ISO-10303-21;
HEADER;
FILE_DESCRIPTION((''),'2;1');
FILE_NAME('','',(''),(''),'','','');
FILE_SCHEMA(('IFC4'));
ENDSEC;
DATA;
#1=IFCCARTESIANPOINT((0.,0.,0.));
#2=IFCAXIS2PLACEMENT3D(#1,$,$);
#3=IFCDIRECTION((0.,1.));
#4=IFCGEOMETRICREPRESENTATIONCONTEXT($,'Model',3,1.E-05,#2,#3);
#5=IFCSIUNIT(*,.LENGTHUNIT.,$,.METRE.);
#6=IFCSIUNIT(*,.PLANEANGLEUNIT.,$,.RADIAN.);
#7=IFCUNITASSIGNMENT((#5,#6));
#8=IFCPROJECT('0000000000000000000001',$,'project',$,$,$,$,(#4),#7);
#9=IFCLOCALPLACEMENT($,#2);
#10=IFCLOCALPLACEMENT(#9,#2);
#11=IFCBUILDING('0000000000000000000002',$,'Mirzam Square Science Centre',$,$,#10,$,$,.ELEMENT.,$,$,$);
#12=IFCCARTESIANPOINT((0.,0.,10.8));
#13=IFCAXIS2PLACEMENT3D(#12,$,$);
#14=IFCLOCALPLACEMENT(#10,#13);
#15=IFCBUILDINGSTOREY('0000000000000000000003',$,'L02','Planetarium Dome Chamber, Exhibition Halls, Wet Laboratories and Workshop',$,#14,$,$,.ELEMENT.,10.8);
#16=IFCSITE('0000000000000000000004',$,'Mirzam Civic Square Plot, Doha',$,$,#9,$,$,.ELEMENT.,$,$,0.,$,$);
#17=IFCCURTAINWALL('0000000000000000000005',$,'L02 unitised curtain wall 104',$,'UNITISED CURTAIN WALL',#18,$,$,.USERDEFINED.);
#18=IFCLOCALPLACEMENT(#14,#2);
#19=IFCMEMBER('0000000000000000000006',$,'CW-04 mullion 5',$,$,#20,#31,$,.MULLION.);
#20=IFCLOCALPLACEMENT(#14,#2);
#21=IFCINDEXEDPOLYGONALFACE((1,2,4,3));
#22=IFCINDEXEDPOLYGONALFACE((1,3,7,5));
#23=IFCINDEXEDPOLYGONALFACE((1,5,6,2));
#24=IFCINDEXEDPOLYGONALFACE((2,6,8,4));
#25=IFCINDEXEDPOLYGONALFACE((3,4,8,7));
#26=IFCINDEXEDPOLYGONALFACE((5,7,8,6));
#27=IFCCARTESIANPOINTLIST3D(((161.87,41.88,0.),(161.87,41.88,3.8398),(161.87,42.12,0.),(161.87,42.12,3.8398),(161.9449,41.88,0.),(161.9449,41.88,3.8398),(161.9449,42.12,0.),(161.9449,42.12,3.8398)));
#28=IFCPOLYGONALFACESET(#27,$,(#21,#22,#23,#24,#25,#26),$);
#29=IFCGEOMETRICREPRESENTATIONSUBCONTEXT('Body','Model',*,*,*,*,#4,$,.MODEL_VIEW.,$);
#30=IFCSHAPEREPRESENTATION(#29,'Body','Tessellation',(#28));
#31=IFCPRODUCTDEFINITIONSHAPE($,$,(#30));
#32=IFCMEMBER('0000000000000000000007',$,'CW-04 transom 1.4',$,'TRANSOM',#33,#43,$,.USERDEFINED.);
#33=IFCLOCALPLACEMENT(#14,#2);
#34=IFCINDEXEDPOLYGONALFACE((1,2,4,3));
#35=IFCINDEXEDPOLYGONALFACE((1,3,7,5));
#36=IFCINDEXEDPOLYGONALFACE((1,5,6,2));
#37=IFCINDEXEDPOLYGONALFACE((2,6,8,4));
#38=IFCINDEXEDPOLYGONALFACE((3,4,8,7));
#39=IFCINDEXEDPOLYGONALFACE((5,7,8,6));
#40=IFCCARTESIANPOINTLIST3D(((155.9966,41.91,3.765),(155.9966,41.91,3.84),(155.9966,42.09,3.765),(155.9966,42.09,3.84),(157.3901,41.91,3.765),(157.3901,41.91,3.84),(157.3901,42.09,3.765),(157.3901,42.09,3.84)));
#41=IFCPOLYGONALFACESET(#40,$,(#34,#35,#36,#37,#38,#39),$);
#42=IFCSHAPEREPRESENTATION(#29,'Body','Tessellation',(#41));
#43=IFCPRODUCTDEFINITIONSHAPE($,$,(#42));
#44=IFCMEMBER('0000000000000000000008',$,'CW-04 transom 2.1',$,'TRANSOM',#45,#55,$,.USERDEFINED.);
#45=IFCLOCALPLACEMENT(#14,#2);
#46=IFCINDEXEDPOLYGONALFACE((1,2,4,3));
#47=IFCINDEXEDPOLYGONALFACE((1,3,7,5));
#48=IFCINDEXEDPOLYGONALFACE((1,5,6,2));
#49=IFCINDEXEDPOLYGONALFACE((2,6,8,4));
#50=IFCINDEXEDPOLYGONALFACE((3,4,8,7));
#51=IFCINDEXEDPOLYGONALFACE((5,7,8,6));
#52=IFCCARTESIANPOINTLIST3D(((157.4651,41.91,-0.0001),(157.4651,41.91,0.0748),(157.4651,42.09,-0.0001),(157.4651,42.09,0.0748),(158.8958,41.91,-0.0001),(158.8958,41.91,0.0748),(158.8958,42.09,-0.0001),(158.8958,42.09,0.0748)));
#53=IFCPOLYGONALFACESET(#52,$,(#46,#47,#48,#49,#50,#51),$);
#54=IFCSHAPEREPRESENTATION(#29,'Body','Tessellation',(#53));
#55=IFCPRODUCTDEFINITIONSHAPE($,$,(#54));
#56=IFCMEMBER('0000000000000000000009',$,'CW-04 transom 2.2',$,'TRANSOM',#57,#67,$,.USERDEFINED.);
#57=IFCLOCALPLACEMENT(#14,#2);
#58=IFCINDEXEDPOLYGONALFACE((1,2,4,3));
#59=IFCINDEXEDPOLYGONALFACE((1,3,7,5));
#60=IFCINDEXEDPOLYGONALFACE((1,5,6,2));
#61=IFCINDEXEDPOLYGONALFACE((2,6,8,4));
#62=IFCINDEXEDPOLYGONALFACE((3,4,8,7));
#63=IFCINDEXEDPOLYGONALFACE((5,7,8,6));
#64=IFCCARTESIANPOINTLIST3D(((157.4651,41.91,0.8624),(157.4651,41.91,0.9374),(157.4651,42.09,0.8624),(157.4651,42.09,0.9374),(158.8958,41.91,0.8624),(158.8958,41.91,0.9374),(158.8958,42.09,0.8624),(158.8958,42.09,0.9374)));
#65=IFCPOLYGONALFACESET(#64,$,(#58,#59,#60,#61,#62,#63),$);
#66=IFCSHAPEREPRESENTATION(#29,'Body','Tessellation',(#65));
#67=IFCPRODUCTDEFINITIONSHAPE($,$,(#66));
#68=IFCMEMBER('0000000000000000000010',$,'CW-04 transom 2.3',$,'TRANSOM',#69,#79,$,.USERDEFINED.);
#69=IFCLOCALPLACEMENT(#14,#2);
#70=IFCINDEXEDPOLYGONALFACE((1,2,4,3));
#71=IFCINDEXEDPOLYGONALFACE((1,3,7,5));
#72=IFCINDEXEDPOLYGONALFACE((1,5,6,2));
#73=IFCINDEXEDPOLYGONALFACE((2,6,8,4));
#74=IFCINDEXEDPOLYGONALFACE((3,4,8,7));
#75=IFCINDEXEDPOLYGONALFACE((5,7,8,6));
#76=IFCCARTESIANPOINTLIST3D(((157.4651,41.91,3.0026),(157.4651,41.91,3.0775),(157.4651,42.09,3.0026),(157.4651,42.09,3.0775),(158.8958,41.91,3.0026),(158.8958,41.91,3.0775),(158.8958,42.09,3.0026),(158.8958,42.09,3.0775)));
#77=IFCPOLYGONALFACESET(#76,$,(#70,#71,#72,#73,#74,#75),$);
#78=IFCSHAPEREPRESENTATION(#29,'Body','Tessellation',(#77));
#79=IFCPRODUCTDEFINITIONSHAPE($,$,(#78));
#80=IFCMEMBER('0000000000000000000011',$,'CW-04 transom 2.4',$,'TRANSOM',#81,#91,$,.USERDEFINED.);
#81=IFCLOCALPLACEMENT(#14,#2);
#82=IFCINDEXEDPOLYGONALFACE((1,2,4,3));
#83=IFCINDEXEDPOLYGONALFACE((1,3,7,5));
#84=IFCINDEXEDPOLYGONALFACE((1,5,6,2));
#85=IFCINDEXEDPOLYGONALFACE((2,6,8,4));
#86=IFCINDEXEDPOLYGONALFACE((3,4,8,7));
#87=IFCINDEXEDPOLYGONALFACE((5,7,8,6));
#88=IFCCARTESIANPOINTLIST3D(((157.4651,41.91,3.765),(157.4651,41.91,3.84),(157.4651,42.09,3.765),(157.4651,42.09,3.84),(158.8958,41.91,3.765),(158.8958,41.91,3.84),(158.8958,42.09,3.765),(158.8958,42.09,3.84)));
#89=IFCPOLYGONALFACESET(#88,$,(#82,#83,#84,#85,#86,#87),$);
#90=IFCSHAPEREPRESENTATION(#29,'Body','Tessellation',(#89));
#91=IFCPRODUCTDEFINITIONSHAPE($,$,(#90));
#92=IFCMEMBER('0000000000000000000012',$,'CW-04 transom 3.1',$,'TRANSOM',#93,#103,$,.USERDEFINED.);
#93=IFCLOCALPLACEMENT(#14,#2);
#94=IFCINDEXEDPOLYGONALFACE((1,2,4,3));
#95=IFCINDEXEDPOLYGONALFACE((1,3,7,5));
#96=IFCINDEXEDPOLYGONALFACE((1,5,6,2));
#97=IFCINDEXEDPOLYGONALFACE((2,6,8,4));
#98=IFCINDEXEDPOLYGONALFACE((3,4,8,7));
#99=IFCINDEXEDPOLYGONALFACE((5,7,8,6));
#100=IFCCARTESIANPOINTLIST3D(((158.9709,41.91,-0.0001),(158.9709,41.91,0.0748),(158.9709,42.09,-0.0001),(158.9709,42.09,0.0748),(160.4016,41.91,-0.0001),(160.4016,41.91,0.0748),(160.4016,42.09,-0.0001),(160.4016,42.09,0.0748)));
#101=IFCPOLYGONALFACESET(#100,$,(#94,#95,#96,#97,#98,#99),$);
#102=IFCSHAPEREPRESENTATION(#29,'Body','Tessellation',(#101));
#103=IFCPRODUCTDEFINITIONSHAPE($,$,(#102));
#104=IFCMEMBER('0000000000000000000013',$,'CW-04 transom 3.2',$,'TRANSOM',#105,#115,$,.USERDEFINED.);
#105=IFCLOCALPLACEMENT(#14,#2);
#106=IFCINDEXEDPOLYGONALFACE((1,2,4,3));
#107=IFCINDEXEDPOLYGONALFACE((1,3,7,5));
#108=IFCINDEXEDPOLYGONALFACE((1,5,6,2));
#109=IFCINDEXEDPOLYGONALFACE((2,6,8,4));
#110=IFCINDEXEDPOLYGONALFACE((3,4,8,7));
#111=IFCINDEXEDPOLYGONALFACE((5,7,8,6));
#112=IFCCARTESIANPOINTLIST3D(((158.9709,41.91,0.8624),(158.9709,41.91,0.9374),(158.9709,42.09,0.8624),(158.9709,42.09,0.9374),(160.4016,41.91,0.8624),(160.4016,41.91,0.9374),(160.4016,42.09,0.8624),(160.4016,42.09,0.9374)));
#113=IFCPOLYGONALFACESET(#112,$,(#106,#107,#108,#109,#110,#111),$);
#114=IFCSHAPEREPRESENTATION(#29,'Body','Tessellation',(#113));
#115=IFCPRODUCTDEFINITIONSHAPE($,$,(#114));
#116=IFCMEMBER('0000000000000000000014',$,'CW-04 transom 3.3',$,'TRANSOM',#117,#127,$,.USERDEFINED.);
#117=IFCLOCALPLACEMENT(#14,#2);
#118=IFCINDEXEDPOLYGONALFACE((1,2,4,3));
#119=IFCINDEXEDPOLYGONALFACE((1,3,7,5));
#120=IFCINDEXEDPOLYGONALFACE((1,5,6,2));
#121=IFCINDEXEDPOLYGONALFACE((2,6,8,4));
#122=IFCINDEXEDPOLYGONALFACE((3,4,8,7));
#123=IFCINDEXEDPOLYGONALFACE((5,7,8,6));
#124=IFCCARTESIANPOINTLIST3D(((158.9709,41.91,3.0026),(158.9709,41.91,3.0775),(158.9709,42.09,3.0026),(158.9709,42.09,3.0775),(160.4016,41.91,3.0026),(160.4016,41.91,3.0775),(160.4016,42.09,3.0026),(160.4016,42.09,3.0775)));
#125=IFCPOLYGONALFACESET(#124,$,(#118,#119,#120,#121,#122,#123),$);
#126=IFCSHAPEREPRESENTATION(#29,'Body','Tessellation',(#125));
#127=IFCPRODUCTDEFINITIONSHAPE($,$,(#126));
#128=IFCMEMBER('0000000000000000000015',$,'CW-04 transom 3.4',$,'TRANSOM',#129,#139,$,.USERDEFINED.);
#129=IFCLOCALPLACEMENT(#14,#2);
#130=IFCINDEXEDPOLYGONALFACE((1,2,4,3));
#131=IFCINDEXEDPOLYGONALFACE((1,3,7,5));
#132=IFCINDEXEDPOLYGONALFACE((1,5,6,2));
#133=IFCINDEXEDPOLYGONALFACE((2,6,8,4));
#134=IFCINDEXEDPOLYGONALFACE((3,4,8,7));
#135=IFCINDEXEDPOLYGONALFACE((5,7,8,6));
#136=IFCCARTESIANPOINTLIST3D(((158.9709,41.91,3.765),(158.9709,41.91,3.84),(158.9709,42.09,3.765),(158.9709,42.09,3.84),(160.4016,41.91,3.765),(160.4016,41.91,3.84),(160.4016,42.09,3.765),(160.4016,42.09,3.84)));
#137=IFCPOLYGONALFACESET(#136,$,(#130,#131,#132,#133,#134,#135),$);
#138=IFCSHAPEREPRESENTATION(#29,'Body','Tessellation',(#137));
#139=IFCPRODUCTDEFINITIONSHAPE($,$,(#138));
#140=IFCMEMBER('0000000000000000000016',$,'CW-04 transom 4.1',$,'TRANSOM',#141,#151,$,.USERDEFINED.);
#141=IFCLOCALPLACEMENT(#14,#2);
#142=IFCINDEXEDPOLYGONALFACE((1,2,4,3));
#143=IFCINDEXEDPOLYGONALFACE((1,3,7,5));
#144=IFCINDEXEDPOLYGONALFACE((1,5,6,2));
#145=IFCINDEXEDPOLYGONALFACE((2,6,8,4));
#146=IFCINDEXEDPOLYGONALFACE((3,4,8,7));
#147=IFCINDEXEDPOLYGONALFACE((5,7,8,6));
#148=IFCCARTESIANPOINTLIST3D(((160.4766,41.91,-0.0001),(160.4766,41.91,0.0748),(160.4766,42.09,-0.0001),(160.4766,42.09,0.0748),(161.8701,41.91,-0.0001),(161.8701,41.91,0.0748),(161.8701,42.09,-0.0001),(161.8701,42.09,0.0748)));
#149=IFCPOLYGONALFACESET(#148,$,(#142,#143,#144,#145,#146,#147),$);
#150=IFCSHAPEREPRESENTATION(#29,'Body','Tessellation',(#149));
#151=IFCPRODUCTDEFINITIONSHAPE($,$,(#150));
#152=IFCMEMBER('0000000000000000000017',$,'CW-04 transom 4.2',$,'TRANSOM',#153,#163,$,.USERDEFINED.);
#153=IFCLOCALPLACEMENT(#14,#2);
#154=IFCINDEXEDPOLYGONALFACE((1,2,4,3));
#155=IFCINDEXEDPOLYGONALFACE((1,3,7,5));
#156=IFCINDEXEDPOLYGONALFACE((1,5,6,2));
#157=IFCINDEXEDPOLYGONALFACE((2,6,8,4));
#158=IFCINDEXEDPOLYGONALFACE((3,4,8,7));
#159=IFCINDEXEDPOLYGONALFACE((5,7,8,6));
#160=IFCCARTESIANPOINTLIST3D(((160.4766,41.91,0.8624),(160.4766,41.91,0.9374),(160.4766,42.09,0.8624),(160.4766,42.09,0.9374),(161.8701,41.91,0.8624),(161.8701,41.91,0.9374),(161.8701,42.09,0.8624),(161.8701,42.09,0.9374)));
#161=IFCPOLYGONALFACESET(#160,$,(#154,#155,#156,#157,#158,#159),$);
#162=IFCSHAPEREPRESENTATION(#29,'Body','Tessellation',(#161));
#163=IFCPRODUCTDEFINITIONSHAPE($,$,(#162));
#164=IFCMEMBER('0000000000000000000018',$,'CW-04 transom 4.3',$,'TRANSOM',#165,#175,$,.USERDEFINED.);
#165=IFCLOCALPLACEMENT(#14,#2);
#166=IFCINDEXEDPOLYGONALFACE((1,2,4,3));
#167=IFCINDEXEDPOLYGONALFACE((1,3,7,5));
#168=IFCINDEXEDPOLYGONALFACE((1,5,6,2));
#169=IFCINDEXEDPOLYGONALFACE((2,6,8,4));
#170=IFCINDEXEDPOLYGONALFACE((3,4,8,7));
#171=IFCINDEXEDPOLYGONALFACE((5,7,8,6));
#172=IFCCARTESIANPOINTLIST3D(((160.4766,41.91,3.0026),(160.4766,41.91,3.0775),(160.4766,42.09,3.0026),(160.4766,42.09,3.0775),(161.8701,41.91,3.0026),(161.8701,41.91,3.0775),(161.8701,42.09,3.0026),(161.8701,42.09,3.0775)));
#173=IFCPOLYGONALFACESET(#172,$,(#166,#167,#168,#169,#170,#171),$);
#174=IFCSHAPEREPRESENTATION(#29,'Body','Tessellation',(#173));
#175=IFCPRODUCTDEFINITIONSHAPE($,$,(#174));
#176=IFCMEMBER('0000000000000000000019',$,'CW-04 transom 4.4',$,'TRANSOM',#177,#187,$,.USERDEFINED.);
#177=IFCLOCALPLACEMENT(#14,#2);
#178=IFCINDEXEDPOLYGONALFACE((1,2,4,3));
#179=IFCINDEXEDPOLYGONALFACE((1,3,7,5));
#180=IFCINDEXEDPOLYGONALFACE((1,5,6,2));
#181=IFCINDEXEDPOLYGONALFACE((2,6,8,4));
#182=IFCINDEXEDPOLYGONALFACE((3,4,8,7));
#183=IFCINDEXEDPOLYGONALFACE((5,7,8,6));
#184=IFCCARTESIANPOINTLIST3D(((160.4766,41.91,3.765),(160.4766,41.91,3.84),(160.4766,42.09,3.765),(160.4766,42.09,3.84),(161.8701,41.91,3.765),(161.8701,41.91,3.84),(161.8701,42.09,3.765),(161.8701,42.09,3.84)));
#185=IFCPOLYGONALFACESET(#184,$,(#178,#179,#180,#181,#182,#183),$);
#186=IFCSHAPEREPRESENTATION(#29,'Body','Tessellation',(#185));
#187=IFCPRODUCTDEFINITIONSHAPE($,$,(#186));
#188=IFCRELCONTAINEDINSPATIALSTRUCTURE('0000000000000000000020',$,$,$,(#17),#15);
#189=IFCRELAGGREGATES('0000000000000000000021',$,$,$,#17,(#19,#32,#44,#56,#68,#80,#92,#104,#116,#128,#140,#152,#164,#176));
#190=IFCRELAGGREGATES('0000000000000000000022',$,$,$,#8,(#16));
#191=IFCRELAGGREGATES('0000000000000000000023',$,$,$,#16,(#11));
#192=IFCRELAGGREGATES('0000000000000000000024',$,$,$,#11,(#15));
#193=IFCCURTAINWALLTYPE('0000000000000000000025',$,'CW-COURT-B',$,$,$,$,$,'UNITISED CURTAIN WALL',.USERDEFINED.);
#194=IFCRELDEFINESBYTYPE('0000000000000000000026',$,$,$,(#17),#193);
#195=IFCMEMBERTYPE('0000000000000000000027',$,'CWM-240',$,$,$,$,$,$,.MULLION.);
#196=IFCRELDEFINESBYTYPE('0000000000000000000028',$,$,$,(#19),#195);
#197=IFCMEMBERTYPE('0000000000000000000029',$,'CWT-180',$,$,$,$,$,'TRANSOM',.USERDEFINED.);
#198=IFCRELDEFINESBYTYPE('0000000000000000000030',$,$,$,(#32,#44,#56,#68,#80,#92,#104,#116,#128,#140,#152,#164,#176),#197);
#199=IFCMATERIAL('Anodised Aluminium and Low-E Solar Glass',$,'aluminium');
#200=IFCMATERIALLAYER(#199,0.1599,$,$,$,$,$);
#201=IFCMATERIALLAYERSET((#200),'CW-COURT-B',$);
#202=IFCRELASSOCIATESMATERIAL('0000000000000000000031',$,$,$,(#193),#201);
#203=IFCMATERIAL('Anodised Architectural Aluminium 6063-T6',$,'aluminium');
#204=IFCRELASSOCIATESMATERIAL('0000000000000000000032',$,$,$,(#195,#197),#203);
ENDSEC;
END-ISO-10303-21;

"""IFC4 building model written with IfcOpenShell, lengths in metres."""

from ifc_helpers import new_model, si_unit, direction, frame, origin, origin_2d, place, context, subcontext, project, spatial, rectangle, extrude, material, layer, layer_set, material_profile, profile_set, type_object, element, aggregate, save


model = new_model("IFC4")

# Units and contexts
model_context = context("Model", 3, precision=1e-05, world=origin(), true_north=direction((0.0, 1.0)))
body_context = subcontext(model_context, "Body", "Model", "MODEL_VIEW")
ifc_project = project(units=[si_unit("LENGTHUNIT", "METRE"), si_unit("PLANEANGLEUNIT", "RADIAN")], contexts=[model_context])

# Site, building, storey
site_placement = place(None, origin())
site = spatial("IfcSite", under=ifc_project, at=site_placement, Name="Mirzam Civic Square Plot, Doha", CompositionType="ELEMENT", RefElevation=0.0)
building_placement = place(site_placement, origin())
building = spatial("IfcBuilding", under=site, at=building_placement, Name="Mirzam Square Science Centre", CompositionType="ELEMENT")
storey_placement = place(building_placement, frame((0.0, 0.0, 10.8)))
storey = spatial("IfcBuildingStorey", under=building, at=storey_placement, Name="L02", Description="Planetarium Dome Chamber, Exhibition Halls, Wet Laboratories and Workshop", CompositionType="ELEMENT", Elevation=10.8)

# Curtain wall, members
ifc_material_1 = material(Name="Anodised Aluminium and Low-E Solar Glass", Category="aluminium")
ifc_layer_1 = layer(ifc_material_1, 0.1599)
ifc_layer_set_1 = layer_set([ifc_layer_1], Name="CW-COURT-B")
curtain_wall_type = type_object("IfcCurtainWallType", Name="CW-COURT-B", ElementType="UNITISED CURTAIN WALL", PredefinedType="USERDEFINED", material=ifc_layer_set_1)
curtain_wall_placement = place(storey_placement, origin())
curtain_wall = element("IfcCurtainWall", 1, at=curtain_wall_placement, inside=storey, type_object=curtain_wall_type, Name="L02 unitised curtain wall 104", ObjectType="UNITISED CURTAIN WALL", PredefinedType="USERDEFINED")
ifc_material_2 = material(Name="Anodised Architectural Aluminium 6063-T6", Category="aluminium")
ifc_material_profile_1 = material_profile(ifc_material_2, rectangle(XDim=0.075, YDim=0.24, at=origin_2d()), Name="ALU-MULL-240x75x5")
ifc_profile_set_1 = profile_set([ifc_material_profile_1], Name="Anodised Architectural Aluminium 6063-T6")
member_type_1 = type_object("IfcMemberType", Name="CWM-240", PredefinedType="MULLION", material=ifc_profile_set_1)
member_1_placement = place(storey_placement, frame((161.9075, 42.0, 0.0), z_axis=(0.0, 0.0, 1.0), x_axis=(1.0, 0.0, 0.0)))
member_1 = element("IfcMember", 2, at=member_1_placement, type_object=member_type_1, Name="CW-04 mullion 5", PredefinedType="MULLION", context=body_context, shape_type="SweptSolid", body=[
    extrude(rectangle(XDim=0.075, YDim=0.24, at=origin_2d()), origin(), (0.0, 0.0, 1.0), 3.8398),
])
ifc_material_profile_2 = material_profile(ifc_material_2, rectangle(XDim=0.1799, YDim=0.075, at=origin_2d()), Name="ALU-TRAN-180x75x5")
ifc_profile_set_2 = profile_set([ifc_material_profile_2], Name="Anodised Architectural Aluminium 6063-T6")
member_type_2 = type_object("IfcMemberType", Name="CWT-180", ElementType="TRANSOM", PredefinedType="USERDEFINED", material=ifc_profile_set_2)
member_2_placement = place(storey_placement, frame((155.9966, 42.0, 3.8025), z_axis=(1.0, 0.0, 0.0), x_axis=(0.0, 1.0, 0.0)))
member_2 = element("IfcMember", 3, at=member_2_placement, type_object=member_type_2, Name="CW-04 transom 1.4", ObjectType="TRANSOM", PredefinedType="USERDEFINED", context=body_context, shape_type="SweptSolid", body=[
    extrude(rectangle(XDim=0.1799, YDim=0.075, at=origin_2d()), origin(), (0.0, 0.0, 1.0), 1.3936),
])
member_3_placement = place(storey_placement, frame((157.4651, 42.0, 0.0374), z_axis=(1.0, 0.0, 0.0), x_axis=(0.0, 1.0, 0.0)))
member_3 = element("IfcMember", 4, at=member_3_placement, type_object=member_type_2, Name="CW-04 transom 2.1", ObjectType="TRANSOM", PredefinedType="USERDEFINED", context=body_context, shape_type="SweptSolid", body=[
    extrude(rectangle(XDim=0.1799, YDim=0.075, at=origin_2d()), origin(), (0.0, 0.0, 1.0), 1.4307),
])
member_4_placement = place(storey_placement, frame((157.4651, 42.0, 0.8999), z_axis=(1.0, 0.0, 0.0), x_axis=(0.0, 1.0, 0.0)))
member_4 = element("IfcMember", 5, at=member_4_placement, type_object=member_type_2, Name="CW-04 transom 2.2", ObjectType="TRANSOM", PredefinedType="USERDEFINED", context=body_context, shape_type="SweptSolid", body=[
    extrude(rectangle(XDim=0.1799, YDim=0.075, at=origin_2d()), origin(), (0.0, 0.0, 1.0), 1.4307),
])
member_5_placement = place(storey_placement, frame((157.4651, 42.0, 3.04), z_axis=(1.0, 0.0, 0.0), x_axis=(0.0, 1.0, 0.0)))
member_5 = element("IfcMember", 6, at=member_5_placement, type_object=member_type_2, Name="CW-04 transom 2.3", ObjectType="TRANSOM", PredefinedType="USERDEFINED", context=body_context, shape_type="SweptSolid", body=[
    extrude(rectangle(XDim=0.1799, YDim=0.075, at=origin_2d()), origin(), (0.0, 0.0, 1.0), 1.4307),
])
member_6_placement = place(storey_placement, frame((157.4651, 42.0, 3.8025), z_axis=(1.0, 0.0, 0.0), x_axis=(0.0, 1.0, 0.0)))
member_6 = element("IfcMember", 7, at=member_6_placement, type_object=member_type_2, Name="CW-04 transom 2.4", ObjectType="TRANSOM", PredefinedType="USERDEFINED", context=body_context, shape_type="SweptSolid", body=[
    extrude(rectangle(XDim=0.1799, YDim=0.075, at=origin_2d()), origin(), (0.0, 0.0, 1.0), 1.4307),
])
member_7_placement = place(storey_placement, frame((158.9709, 42.0, 0.0374), z_axis=(1.0, 0.0, 0.0), x_axis=(0.0, 1.0, 0.0)))
member_7 = element("IfcMember", 8, at=member_7_placement, type_object=member_type_2, Name="CW-04 transom 3.1", ObjectType="TRANSOM", PredefinedType="USERDEFINED", context=body_context, shape_type="SweptSolid", body=[
    extrude(rectangle(XDim=0.1799, YDim=0.075, at=origin_2d()), origin(), (0.0, 0.0, 1.0), 1.4307),
])
member_8_placement = place(storey_placement, frame((158.9709, 42.0, 0.8999), z_axis=(1.0, 0.0, 0.0), x_axis=(0.0, 1.0, 0.0)))
member_8 = element("IfcMember", 9, at=member_8_placement, type_object=member_type_2, Name="CW-04 transom 3.2", ObjectType="TRANSOM", PredefinedType="USERDEFINED", context=body_context, shape_type="SweptSolid", body=[
    extrude(rectangle(XDim=0.1799, YDim=0.075, at=origin_2d()), origin(), (0.0, 0.0, 1.0), 1.4307),
])
member_9_placement = place(storey_placement, frame((158.9709, 42.0, 3.04), z_axis=(1.0, 0.0, 0.0), x_axis=(0.0, 1.0, 0.0)))
member_9 = element("IfcMember", 10, at=member_9_placement, type_object=member_type_2, Name="CW-04 transom 3.3", ObjectType="TRANSOM", PredefinedType="USERDEFINED", context=body_context, shape_type="SweptSolid", body=[
    extrude(rectangle(XDim=0.1799, YDim=0.075, at=origin_2d()), origin(), (0.0, 0.0, 1.0), 1.4307),
])
member_10_placement = place(storey_placement, frame((158.9709, 42.0, 3.8025), z_axis=(1.0, 0.0, 0.0), x_axis=(0.0, 1.0, 0.0)))
member_10 = element("IfcMember", 11, at=member_10_placement, type_object=member_type_2, Name="CW-04 transom 3.4", ObjectType="TRANSOM", PredefinedType="USERDEFINED", context=body_context, shape_type="SweptSolid", body=[
    extrude(rectangle(XDim=0.1799, YDim=0.075, at=origin_2d()), origin(), (0.0, 0.0, 1.0), 1.4307),
])
member_11_placement = place(storey_placement, frame((160.4766, 42.0, 0.0374), z_axis=(1.0, 0.0, 0.0), x_axis=(0.0, 1.0, 0.0)))
member_11 = element("IfcMember", 12, at=member_11_placement, type_object=member_type_2, Name="CW-04 transom 4.1", ObjectType="TRANSOM", PredefinedType="USERDEFINED", context=body_context, shape_type="SweptSolid", body=[
    extrude(rectangle(XDim=0.1799, YDim=0.075, at=origin_2d()), origin(), (0.0, 0.0, 1.0), 1.3936),
])
member_12_placement = place(storey_placement, frame((160.4766, 42.0, 0.8999), z_axis=(1.0, 0.0, 0.0), x_axis=(0.0, 1.0, 0.0)))
member_12 = element("IfcMember", 13, at=member_12_placement, type_object=member_type_2, Name="CW-04 transom 4.2", ObjectType="TRANSOM", PredefinedType="USERDEFINED", context=body_context, shape_type="SweptSolid", body=[
    extrude(rectangle(XDim=0.1799, YDim=0.075, at=origin_2d()), origin(), (0.0, 0.0, 1.0), 1.3936),
])
member_13_placement = place(storey_placement, frame((160.4766, 42.0, 3.04), z_axis=(1.0, 0.0, 0.0), x_axis=(0.0, 1.0, 0.0)))
member_13 = element("IfcMember", 14, at=member_13_placement, type_object=member_type_2, Name="CW-04 transom 4.3", ObjectType="TRANSOM", PredefinedType="USERDEFINED", context=body_context, shape_type="SweptSolid", body=[
    extrude(rectangle(XDim=0.1799, YDim=0.075, at=origin_2d()), origin(), (0.0, 0.0, 1.0), 1.3936),
])
member_14_placement = place(storey_placement, frame((160.4766, 42.0, 3.8025), z_axis=(1.0, 0.0, 0.0), x_axis=(0.0, 1.0, 0.0)))
member_14 = element("IfcMember", 15, at=member_14_placement, type_object=member_type_2, Name="CW-04 transom 4.4", ObjectType="TRANSOM", PredefinedType="USERDEFINED", context=body_context, shape_type="SweptSolid", body=[
    extrude(rectangle(XDim=0.1799, YDim=0.075, at=origin_2d()), origin(), (0.0, 0.0, 1.0), 1.3936),
])

aggregate(curtain_wall, [member_1, member_2, member_3, member_4, member_5, member_6, member_7, member_8, member_9, member_10, member_11, member_12, member_13, member_14])

save(model, "model.ifc")
